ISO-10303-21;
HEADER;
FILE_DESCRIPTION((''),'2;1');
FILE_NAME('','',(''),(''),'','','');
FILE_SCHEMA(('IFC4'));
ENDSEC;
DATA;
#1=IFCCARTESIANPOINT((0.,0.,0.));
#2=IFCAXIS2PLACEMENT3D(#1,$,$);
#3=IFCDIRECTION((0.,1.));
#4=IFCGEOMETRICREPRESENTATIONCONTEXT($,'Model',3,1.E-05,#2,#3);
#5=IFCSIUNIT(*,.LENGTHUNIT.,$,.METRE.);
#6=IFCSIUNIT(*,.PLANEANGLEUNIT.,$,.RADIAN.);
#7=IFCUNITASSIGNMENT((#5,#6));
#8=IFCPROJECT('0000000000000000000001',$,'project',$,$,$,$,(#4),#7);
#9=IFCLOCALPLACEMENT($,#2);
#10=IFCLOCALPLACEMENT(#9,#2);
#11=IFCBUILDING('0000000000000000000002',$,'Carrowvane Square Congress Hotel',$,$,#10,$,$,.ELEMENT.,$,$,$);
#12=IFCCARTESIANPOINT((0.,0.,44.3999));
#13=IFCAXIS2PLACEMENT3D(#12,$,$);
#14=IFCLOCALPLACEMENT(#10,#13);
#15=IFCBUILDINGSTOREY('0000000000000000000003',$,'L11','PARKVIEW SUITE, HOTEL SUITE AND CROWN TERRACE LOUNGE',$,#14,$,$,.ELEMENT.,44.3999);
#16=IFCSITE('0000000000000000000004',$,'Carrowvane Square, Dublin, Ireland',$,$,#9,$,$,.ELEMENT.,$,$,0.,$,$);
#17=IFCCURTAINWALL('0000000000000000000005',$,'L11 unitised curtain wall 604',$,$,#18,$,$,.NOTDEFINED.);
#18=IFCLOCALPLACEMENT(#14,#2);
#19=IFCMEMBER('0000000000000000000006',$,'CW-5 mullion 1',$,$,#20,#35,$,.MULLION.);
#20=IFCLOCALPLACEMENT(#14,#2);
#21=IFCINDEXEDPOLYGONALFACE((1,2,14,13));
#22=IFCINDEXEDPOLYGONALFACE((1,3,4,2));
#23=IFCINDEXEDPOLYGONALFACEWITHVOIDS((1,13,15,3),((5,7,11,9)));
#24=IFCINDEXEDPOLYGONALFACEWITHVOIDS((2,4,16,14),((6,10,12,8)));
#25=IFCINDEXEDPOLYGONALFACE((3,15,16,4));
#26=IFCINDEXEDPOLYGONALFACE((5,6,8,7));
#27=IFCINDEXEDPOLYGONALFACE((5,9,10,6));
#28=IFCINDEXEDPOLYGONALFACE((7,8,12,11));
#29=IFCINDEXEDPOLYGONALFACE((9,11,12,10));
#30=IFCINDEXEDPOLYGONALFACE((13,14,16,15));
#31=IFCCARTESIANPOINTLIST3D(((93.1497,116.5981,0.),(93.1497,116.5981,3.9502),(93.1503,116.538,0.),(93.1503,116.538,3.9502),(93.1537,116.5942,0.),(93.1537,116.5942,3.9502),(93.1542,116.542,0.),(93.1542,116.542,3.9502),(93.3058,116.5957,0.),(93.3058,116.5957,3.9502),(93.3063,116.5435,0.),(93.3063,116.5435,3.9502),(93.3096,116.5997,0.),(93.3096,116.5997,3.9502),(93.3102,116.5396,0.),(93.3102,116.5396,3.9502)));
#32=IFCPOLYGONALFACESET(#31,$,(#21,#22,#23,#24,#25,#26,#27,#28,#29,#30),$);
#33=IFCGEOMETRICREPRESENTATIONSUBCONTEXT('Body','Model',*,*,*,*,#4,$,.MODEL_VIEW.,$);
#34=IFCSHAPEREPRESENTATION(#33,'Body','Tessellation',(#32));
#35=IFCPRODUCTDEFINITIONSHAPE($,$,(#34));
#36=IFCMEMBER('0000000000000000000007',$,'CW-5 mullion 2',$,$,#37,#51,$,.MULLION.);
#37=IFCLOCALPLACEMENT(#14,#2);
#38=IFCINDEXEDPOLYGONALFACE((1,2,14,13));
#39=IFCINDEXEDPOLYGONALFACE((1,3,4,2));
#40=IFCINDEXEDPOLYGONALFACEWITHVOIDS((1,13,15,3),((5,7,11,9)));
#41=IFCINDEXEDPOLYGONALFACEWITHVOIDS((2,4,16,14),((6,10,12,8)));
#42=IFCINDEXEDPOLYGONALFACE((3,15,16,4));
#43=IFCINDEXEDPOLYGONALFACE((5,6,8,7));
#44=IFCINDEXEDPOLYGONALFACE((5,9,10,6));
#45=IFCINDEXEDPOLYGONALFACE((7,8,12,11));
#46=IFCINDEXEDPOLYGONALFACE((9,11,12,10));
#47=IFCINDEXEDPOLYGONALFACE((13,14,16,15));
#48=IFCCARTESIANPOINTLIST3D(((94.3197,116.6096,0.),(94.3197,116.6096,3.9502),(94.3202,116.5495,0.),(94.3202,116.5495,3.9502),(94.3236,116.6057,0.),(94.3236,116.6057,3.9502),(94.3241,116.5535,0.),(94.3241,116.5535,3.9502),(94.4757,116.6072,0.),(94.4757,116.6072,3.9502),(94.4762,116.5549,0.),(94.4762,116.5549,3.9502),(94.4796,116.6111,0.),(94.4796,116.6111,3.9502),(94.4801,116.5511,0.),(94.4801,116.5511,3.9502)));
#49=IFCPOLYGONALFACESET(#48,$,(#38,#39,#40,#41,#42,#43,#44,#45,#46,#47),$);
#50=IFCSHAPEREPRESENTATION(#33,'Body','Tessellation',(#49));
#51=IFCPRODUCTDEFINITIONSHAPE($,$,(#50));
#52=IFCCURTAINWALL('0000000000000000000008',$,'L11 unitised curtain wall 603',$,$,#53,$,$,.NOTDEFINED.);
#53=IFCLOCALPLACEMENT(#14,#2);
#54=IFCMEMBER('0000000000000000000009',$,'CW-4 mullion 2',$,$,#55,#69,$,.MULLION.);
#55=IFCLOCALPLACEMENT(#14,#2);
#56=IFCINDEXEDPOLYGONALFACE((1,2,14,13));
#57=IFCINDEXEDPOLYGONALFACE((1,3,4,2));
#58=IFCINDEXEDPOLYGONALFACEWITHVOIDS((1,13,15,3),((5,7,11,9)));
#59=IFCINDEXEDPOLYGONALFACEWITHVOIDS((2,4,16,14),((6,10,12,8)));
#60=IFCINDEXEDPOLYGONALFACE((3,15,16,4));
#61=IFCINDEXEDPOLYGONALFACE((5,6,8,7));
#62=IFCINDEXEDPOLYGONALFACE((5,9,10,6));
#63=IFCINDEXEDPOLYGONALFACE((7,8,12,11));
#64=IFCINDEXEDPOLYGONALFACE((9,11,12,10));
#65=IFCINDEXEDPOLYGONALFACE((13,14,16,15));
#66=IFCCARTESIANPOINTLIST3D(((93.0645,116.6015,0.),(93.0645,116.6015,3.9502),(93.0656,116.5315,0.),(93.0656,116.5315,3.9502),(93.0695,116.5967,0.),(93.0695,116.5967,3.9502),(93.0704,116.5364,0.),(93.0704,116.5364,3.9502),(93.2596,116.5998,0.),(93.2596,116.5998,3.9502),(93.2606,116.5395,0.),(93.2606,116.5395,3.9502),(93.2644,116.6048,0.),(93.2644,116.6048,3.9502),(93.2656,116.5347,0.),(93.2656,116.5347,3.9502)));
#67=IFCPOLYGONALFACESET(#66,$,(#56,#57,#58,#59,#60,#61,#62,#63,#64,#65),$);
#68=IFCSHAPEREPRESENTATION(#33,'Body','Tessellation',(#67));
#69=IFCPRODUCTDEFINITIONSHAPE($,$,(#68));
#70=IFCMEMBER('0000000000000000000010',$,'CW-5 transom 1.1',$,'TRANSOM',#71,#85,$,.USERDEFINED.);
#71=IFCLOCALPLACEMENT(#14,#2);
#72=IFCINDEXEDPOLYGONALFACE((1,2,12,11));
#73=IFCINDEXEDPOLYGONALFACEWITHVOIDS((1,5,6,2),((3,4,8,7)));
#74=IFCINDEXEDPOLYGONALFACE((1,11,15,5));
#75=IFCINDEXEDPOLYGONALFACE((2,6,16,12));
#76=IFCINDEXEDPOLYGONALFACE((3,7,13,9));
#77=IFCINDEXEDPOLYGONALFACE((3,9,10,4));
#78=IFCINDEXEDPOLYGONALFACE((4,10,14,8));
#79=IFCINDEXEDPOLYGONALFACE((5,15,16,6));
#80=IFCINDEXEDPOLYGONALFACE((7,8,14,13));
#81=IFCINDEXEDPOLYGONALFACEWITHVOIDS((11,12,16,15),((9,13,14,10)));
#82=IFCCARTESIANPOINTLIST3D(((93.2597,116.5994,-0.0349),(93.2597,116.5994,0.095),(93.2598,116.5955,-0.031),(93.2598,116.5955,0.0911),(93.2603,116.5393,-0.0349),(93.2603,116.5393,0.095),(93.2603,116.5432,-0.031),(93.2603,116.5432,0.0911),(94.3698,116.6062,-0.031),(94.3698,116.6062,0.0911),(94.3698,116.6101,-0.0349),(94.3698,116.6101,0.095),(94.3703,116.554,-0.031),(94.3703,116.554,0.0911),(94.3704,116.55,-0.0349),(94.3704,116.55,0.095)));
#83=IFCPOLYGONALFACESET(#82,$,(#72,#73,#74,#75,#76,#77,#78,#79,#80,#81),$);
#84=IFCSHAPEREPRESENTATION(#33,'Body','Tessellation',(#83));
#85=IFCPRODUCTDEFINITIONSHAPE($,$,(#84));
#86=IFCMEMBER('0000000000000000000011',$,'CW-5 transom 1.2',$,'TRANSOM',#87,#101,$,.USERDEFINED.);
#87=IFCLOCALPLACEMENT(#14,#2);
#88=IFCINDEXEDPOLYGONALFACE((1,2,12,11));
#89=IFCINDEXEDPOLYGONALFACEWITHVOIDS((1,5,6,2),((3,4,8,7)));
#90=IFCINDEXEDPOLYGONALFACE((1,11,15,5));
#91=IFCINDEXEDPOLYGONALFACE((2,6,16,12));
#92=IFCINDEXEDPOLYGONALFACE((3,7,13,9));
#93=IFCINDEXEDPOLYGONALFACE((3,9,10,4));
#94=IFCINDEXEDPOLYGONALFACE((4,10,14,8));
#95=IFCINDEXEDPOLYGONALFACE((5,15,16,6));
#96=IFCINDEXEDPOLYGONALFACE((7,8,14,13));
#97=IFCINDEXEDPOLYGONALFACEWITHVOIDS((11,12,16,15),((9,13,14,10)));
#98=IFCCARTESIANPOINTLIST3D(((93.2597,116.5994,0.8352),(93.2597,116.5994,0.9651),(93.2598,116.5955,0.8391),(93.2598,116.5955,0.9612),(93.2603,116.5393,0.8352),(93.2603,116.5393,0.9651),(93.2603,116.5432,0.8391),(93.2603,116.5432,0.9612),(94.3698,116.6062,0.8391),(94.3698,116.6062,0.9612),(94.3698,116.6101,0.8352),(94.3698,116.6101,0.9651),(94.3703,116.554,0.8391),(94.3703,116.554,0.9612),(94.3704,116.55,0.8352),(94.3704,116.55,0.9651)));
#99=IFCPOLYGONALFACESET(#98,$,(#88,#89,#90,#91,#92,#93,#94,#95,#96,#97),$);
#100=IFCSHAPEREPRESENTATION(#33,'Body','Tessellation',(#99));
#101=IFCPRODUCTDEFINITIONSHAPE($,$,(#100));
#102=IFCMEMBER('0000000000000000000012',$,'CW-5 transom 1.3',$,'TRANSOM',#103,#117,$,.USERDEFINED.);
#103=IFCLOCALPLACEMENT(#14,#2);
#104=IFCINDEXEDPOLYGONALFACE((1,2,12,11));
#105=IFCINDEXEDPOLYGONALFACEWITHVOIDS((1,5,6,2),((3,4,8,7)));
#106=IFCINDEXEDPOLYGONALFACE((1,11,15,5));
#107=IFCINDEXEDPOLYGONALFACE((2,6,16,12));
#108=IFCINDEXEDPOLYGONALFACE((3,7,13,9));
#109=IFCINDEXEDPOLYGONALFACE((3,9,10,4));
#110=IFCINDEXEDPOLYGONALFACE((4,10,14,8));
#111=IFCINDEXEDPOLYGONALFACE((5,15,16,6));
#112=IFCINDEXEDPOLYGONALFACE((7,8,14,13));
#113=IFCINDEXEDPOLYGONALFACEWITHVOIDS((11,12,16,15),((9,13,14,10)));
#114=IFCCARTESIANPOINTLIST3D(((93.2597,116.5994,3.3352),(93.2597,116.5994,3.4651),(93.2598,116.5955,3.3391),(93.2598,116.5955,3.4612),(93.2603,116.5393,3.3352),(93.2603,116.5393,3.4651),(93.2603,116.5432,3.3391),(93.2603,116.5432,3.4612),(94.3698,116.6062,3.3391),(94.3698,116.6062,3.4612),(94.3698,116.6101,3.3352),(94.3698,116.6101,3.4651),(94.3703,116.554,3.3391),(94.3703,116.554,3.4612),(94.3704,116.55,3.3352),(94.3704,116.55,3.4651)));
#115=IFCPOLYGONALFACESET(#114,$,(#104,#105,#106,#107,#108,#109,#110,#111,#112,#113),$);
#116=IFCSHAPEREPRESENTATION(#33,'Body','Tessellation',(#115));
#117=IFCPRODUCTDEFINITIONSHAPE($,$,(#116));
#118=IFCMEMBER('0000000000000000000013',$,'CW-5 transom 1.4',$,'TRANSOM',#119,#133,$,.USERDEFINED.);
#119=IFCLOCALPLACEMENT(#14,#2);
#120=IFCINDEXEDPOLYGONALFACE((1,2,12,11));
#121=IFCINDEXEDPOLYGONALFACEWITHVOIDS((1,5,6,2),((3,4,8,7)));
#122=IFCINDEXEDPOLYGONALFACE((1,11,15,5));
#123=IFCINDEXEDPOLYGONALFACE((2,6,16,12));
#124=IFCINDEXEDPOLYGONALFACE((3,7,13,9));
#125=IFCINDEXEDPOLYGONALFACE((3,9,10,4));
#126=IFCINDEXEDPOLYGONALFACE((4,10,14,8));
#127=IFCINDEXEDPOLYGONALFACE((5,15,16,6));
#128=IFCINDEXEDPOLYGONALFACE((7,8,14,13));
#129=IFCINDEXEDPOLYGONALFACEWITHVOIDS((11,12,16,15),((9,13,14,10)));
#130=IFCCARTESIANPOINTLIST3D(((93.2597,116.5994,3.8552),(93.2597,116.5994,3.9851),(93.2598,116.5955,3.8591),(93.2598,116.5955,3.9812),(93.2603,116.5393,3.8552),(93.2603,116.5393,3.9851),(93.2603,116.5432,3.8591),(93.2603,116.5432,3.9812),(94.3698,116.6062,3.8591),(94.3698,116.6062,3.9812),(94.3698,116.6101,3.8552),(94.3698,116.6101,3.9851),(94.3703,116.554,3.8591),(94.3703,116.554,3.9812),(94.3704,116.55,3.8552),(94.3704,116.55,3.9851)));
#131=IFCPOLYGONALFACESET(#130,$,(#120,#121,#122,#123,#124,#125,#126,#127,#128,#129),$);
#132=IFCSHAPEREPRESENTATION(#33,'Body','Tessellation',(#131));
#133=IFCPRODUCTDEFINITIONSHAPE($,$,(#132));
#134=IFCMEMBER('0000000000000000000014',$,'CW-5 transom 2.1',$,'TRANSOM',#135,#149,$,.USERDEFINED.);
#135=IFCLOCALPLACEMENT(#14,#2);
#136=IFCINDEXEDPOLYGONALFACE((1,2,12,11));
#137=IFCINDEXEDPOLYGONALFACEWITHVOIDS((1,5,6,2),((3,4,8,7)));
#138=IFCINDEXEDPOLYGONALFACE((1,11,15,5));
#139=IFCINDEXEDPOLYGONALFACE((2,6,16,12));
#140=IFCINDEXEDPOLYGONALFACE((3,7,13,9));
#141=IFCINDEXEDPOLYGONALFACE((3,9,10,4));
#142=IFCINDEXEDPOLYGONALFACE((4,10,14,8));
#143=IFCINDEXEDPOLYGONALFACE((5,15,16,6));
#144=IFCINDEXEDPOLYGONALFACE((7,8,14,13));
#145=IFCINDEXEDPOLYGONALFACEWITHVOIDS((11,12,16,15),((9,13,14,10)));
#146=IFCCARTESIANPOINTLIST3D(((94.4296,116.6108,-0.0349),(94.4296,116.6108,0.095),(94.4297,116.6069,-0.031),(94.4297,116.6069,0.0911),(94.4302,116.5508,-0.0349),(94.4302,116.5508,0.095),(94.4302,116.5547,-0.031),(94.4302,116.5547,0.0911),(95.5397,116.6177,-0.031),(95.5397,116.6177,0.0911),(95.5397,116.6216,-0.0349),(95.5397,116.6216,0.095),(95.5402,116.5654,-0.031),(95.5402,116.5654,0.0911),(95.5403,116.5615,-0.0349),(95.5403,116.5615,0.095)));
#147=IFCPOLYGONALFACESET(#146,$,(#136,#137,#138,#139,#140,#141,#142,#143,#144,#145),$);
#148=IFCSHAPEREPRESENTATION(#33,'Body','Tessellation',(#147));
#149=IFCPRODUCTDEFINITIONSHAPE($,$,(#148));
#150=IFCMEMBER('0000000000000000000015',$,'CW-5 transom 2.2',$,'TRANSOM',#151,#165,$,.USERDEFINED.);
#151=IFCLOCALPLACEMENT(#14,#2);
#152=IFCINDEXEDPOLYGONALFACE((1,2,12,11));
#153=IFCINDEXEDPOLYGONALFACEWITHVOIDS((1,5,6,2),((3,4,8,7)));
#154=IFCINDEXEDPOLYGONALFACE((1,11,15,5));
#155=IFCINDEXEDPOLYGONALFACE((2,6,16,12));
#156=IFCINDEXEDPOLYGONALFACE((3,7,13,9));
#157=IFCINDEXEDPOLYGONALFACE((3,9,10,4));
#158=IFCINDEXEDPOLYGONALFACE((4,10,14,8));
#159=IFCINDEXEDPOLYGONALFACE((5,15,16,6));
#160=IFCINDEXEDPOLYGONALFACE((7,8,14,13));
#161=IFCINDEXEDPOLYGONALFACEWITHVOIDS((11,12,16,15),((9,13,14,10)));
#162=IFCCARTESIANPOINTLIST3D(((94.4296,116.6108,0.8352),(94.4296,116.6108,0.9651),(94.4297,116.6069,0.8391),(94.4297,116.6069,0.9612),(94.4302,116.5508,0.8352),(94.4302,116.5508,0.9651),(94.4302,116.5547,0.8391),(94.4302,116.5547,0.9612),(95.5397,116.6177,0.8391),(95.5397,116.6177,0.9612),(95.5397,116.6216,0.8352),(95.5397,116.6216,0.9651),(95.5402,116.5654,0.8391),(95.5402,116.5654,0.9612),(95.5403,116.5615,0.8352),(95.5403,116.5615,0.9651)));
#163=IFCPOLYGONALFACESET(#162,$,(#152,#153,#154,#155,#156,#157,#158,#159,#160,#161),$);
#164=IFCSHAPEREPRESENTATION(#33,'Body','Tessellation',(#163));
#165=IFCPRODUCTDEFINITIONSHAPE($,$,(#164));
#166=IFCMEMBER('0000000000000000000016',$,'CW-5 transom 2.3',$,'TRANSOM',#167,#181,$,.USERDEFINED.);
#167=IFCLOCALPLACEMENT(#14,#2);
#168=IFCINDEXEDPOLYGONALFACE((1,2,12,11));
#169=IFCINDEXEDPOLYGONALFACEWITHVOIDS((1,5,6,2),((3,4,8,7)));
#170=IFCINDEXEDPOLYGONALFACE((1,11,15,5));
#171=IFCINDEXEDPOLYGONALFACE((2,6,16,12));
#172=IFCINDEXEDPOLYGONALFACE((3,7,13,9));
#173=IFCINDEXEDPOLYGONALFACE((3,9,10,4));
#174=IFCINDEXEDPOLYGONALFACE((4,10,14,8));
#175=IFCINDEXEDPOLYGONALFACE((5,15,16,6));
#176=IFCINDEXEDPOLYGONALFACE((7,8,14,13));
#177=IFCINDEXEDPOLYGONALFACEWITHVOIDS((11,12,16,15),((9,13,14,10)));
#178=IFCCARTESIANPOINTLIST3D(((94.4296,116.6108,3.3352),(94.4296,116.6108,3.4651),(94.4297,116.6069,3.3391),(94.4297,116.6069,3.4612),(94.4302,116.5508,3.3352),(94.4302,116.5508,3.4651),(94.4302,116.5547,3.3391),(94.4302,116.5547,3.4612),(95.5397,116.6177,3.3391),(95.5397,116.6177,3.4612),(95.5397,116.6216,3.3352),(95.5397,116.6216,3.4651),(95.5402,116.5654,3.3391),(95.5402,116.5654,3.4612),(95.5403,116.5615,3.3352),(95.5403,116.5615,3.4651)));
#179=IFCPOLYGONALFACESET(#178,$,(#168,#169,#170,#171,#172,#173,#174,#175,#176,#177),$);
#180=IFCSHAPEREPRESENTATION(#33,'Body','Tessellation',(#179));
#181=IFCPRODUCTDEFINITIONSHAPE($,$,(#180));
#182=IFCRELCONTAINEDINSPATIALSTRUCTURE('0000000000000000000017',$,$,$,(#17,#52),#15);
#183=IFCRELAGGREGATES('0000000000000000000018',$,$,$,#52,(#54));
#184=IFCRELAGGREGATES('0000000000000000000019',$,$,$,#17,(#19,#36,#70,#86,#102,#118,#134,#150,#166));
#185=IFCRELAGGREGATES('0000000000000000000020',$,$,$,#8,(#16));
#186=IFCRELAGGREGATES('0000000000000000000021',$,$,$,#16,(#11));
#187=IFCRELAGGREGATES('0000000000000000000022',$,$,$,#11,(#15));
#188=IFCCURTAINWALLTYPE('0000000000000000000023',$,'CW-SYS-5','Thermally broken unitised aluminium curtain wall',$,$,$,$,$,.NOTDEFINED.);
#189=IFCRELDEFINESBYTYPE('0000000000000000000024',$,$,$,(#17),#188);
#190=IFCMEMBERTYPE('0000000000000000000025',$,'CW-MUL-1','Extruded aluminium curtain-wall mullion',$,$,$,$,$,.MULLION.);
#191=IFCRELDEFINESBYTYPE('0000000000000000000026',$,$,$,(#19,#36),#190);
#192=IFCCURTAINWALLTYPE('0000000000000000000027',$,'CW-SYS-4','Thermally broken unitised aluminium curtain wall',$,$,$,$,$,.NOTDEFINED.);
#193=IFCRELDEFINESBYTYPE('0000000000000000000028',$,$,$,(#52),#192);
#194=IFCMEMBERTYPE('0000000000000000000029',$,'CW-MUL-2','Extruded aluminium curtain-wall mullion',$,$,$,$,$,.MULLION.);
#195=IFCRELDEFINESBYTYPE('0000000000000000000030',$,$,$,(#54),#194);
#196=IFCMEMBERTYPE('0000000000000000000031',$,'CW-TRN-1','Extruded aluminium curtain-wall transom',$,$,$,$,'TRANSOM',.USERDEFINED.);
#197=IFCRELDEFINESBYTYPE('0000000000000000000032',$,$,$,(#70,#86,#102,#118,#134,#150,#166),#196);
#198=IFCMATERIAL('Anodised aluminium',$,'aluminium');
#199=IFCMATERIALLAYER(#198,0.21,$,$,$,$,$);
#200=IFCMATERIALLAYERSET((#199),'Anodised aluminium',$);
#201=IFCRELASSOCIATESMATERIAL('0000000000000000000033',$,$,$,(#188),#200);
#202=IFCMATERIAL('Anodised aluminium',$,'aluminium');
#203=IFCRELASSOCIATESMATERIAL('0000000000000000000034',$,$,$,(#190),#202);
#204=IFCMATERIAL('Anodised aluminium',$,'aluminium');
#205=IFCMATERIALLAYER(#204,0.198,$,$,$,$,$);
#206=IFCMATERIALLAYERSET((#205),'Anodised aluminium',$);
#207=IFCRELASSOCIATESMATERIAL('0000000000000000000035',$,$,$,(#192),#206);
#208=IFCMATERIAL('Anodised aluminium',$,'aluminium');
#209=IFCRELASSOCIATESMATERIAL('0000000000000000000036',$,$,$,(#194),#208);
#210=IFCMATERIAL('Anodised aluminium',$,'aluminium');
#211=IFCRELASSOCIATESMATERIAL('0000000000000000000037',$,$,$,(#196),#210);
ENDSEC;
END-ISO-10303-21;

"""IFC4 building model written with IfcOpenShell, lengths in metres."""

from ifc_helpers import new_model, si_unit, direction, frame, origin, origin_2d, place, context, subcontext, project, spatial, hollow_rectangle, extrude, material, layer, layer_set, material_profile, profile_set, type_object, element, aggregate, save


model = new_model("IFC4")

# Units and contexts
model_context = context("Model", 3, precision=1e-05, world=origin(), true_north=direction((0.0, 1.0)))
body_context = subcontext(model_context, "Body", "Model", "MODEL_VIEW")
ifc_project = project(units=[si_unit("LENGTHUNIT", "METRE"), si_unit("PLANEANGLEUNIT", "RADIAN")], contexts=[model_context])

# Site, building, storey
site_placement = place(None, origin())
site = spatial("IfcSite", under=ifc_project, at=site_placement, Name="Carrowvane Square, Dublin, Ireland", CompositionType="ELEMENT", RefElevation=0.0)
building_placement = place(site_placement, origin())
building = spatial("IfcBuilding", under=site, at=building_placement, Name="Carrowvane Square Congress Hotel", CompositionType="ELEMENT")
storey_placement = place(building_placement, frame((0.0, 0.0, 44.3999)))
storey = spatial("IfcBuildingStorey", under=building, at=storey_placement, Name="L11", Description="PARKVIEW SUITE, HOTEL SUITE AND CROWN TERRACE LOUNGE", CompositionType="ELEMENT", Elevation=44.3999)

# Curtain wall, members
ifc_material_1 = material(Name="Anodised aluminium", Category="aluminium")
ifc_layer_1 = layer(ifc_material_1, 0.21)
ifc_layer_set_1 = layer_set([ifc_layer_1], Name="Anodised aluminium")
curtain_wall_type_1 = type_object("IfcCurtainWallType", Name="CW-SYS-5", Description="Thermally broken unitised aluminium curtain wall", PredefinedType="NOTDEFINED", material=ifc_layer_set_1)
curtain_wall_1_placement = place(storey_placement, origin())
curtain_wall_1 = element("IfcCurtainWall", 1, at=curtain_wall_1_placement, inside=storey, type_object=curtain_wall_type_1, Name="L11 unitised curtain wall 604", PredefinedType="NOTDEFINED")
ifc_material_2 = material(Name="Anodised aluminium", Category="aluminium")
ifc_material_profile_1 = material_profile(ifc_material_2, hollow_rectangle(XDim=0.0601, YDim=0.1599, WallThickness=0.0039, at=origin_2d()), Name="CW-ML 60x160x4")
ifc_profile_set_1 = profile_set([ifc_material_profile_1], Name="Anodised aluminium")
member_type_1 = type_object("IfcMemberType", Name="CW-MUL-1", Description="Extruded aluminium curtain-wall mullion", PredefinedType="MULLION", material=ifc_profile_set_1)
member_1_placement = place(storey_placement, frame((93.23, 116.5688, 0.0), z_axis=(0.0, 0.0, 1.0), x_axis=(-0.009783, 0.999952, 0.0)))
member_1 = element("IfcMember", 2, at=member_1_placement, type_object=member_type_1, Name="CW-5 mullion 1", PredefinedType="MULLION", context=body_context, shape_type="SweptSolid", body=[
    extrude(hollow_rectangle(XDim=0.0601, YDim=0.1599, WallThickness=0.0039, at=origin_2d()), origin(), (0.0, 0.0, 1.0), 3.9502),
])
member_2_placement = place(storey_placement, frame((94.3999, 116.5803, 0.0), z_axis=(0.0, 0.0, 1.0), x_axis=(-0.009783, 0.999952, 0.0)))
member_2 = element("IfcMember", 3, at=member_2_placement, type_object=member_type_1, Name="CW-5 mullion 2", PredefinedType="MULLION", context=body_context, shape_type="SweptSolid", body=[
    extrude(hollow_rectangle(XDim=0.0601, YDim=0.1599, WallThickness=0.0039, at=origin_2d()), origin(), (0.0, 0.0, 1.0), 3.9502),
])

# Curtain wall, member
ifc_material_3 = material(Name="Anodised aluminium", Category="aluminium")
ifc_layer_2 = layer(ifc_material_3, 0.198)
ifc_layer_set_2 = layer_set([ifc_layer_2], Name="Anodised aluminium")
curtain_wall_type_2 = type_object("IfcCurtainWallType", Name="CW-SYS-4", Description="Thermally broken unitised aluminium curtain wall", PredefinedType="NOTDEFINED", material=ifc_layer_set_2)
curtain_wall_2_placement = place(storey_placement, origin())
curtain_wall_2 = element("IfcCurtainWall", 4, at=curtain_wall_2_placement, inside=storey, type_object=curtain_wall_type_2, Name="L11 unitised curtain wall 603", PredefinedType="NOTDEFINED")
ifc_material_4 = material(Name="Anodised aluminium", Category="aluminium")
ifc_material_profile_2 = material_profile(ifc_material_4, hollow_rectangle(XDim=0.0701, YDim=0.2, WallThickness=0.0049, at=origin_2d()), Name="CW-ML 70x200x5")
ifc_profile_set_2 = profile_set([ifc_material_profile_2], Name="Anodised aluminium")
member_type_2 = type_object("IfcMemberType", Name="CW-MUL-2", Description="Extruded aluminium curtain-wall mullion", PredefinedType="MULLION", material=ifc_profile_set_2)
member_3_placement = place(storey_placement, frame((93.165, 116.5681, 0.0), z_axis=(0.0, 0.0, 1.0), x_axis=(-0.016216, 0.999869, 0.0)))
member_3 = element("IfcMember", 5, at=member_3_placement, type_object=member_type_2, Name="CW-4 mullion 2", PredefinedType="MULLION", context=body_context, shape_type="SweptSolid", body=[
    extrude(hollow_rectangle(XDim=0.0701, YDim=0.2, WallThickness=0.0049, at=origin_2d()), origin(), (0.0, 0.0, 1.0), 3.9502),
])

# Members
ifc_material_5 = material(Name="Anodised aluminium", Category="aluminium")
ifc_material_profile_3 = material_profile(ifc_material_5, hollow_rectangle(XDim=0.0601, YDim=0.1299, WallThickness=0.0039, at=origin_2d()), Name="CW-TR 60x130x4")
ifc_profile_set_3 = profile_set([ifc_material_profile_3], Name="Anodised aluminium")
member_type_3 = type_object("IfcMemberType", Name="CW-TRN-1", Description="Extruded aluminium curtain-wall transom", ElementType="TRANSOM", PredefinedType="USERDEFINED", material=ifc_profile_set_3)
member_4_placement = place(storey_placement, frame((93.26, 116.5693, 0.03), z_axis=(0.999953, 0.009676, 0.0), x_axis=(-0.009676, 0.999953, 0.0)))
member_4 = element("IfcMember", 6, at=member_4_placement, type_object=member_type_3, Name="CW-5 transom 1.1", ObjectType="TRANSOM", PredefinedType="USERDEFINED", context=body_context, shape_type="SweptSolid", body=[
    extrude(hollow_rectangle(XDim=0.0601, YDim=0.1299, WallThickness=0.0039, at=origin_2d()), origin(), (0.0, 0.0, 1.0), 1.1101),
])
member_5_placement = place(storey_placement, frame((93.26, 116.5693, 0.9001), z_axis=(0.999953, 0.009676, 0.0), x_axis=(-0.009676, 0.999953, 0.0)))
member_5 = element("IfcMember", 7, at=member_5_placement, type_object=member_type_3, Name="CW-5 transom 1.2", ObjectType="TRANSOM", PredefinedType="USERDEFINED", context=body_context, shape_type="SweptSolid", body=[
    extrude(hollow_rectangle(XDim=0.0601, YDim=0.1299, WallThickness=0.0039, at=origin_2d()), origin(), (0.0, 0.0, 1.0), 1.1101),
])
member_6_placement = place(storey_placement, frame((93.26, 116.5693, 3.4001), z_axis=(0.999953, 0.009676, 0.0), x_axis=(-0.009676, 0.999953, 0.0)))
member_6 = element("IfcMember", 8, at=member_6_placement, type_object=member_type_3, Name="CW-5 transom 1.3", ObjectType="TRANSOM", PredefinedType="USERDEFINED", context=body_context, shape_type="SweptSolid", body=[
    extrude(hollow_rectangle(XDim=0.0601, YDim=0.1299, WallThickness=0.0039, at=origin_2d()), origin(), (0.0, 0.0, 1.0), 1.1101),
])
member_7_placement = place(storey_placement, frame((93.26, 116.5693, 3.9202), z_axis=(0.999953, 0.009676, 0.0), x_axis=(-0.009676, 0.999953, 0.0)))
member_7 = element("IfcMember", 9, at=member_7_placement, type_object=member_type_3, Name="CW-5 transom 1.4", ObjectType="TRANSOM", PredefinedType="USERDEFINED", context=body_context, shape_type="SweptSolid", body=[
    extrude(hollow_rectangle(XDim=0.0601, YDim=0.1299, WallThickness=0.0039, at=origin_2d()), origin(), (0.0, 0.0, 1.0), 1.1101),
])
member_8_placement = place(storey_placement, frame((94.4299, 116.5808, 0.03), z_axis=(0.999953, 0.009676, 0.0), x_axis=(-0.009676, 0.999953, 0.0)))
member_8 = element("IfcMember", 10, at=member_8_placement, type_object=member_type_3, Name="CW-5 transom 2.1", ObjectType="TRANSOM", PredefinedType="USERDEFINED", context=body_context, shape_type="SweptSolid", body=[
    extrude(hollow_rectangle(XDim=0.0601, YDim=0.1299, WallThickness=0.0039, at=origin_2d()), origin(), (0.0, 0.0, 1.0), 1.1101),
])
member_9_placement = place(storey_placement, frame((94.4299, 116.5808, 0.9001), z_axis=(0.999953, 0.009676, 0.0), x_axis=(-0.009676, 0.999953, 0.0)))
member_9 = element("IfcMember", 11, at=member_9_placement, type_object=member_type_3, Name="CW-5 transom 2.2", ObjectType="TRANSOM", PredefinedType="USERDEFINED", context=body_context, shape_type="SweptSolid", body=[
    extrude(hollow_rectangle(XDim=0.0601, YDim=0.1299, WallThickness=0.0039, at=origin_2d()), origin(), (0.0, 0.0, 1.0), 1.1101),
])
member_10_placement = place(storey_placement, frame((94.4299, 116.5808, 3.4001), z_axis=(0.999953, 0.009676, 0.0), x_axis=(-0.009676, 0.999953, 0.0)))
member_10 = element("IfcMember", 12, at=member_10_placement, type_object=member_type_3, Name="CW-5 transom 2.3", ObjectType="TRANSOM", PredefinedType="USERDEFINED", context=body_context, shape_type="SweptSolid", body=[
    extrude(hollow_rectangle(XDim=0.0601, YDim=0.1299, WallThickness=0.0039, at=origin_2d()), origin(), (0.0, 0.0, 1.0), 1.1101),
])

aggregate(curtain_wall_2, [member_3])
aggregate(curtain_wall_1, [member_1, member_2, member_4, member_5, member_6, member_7, member_8, member_9, member_10])

save(model, "model.ifc")
